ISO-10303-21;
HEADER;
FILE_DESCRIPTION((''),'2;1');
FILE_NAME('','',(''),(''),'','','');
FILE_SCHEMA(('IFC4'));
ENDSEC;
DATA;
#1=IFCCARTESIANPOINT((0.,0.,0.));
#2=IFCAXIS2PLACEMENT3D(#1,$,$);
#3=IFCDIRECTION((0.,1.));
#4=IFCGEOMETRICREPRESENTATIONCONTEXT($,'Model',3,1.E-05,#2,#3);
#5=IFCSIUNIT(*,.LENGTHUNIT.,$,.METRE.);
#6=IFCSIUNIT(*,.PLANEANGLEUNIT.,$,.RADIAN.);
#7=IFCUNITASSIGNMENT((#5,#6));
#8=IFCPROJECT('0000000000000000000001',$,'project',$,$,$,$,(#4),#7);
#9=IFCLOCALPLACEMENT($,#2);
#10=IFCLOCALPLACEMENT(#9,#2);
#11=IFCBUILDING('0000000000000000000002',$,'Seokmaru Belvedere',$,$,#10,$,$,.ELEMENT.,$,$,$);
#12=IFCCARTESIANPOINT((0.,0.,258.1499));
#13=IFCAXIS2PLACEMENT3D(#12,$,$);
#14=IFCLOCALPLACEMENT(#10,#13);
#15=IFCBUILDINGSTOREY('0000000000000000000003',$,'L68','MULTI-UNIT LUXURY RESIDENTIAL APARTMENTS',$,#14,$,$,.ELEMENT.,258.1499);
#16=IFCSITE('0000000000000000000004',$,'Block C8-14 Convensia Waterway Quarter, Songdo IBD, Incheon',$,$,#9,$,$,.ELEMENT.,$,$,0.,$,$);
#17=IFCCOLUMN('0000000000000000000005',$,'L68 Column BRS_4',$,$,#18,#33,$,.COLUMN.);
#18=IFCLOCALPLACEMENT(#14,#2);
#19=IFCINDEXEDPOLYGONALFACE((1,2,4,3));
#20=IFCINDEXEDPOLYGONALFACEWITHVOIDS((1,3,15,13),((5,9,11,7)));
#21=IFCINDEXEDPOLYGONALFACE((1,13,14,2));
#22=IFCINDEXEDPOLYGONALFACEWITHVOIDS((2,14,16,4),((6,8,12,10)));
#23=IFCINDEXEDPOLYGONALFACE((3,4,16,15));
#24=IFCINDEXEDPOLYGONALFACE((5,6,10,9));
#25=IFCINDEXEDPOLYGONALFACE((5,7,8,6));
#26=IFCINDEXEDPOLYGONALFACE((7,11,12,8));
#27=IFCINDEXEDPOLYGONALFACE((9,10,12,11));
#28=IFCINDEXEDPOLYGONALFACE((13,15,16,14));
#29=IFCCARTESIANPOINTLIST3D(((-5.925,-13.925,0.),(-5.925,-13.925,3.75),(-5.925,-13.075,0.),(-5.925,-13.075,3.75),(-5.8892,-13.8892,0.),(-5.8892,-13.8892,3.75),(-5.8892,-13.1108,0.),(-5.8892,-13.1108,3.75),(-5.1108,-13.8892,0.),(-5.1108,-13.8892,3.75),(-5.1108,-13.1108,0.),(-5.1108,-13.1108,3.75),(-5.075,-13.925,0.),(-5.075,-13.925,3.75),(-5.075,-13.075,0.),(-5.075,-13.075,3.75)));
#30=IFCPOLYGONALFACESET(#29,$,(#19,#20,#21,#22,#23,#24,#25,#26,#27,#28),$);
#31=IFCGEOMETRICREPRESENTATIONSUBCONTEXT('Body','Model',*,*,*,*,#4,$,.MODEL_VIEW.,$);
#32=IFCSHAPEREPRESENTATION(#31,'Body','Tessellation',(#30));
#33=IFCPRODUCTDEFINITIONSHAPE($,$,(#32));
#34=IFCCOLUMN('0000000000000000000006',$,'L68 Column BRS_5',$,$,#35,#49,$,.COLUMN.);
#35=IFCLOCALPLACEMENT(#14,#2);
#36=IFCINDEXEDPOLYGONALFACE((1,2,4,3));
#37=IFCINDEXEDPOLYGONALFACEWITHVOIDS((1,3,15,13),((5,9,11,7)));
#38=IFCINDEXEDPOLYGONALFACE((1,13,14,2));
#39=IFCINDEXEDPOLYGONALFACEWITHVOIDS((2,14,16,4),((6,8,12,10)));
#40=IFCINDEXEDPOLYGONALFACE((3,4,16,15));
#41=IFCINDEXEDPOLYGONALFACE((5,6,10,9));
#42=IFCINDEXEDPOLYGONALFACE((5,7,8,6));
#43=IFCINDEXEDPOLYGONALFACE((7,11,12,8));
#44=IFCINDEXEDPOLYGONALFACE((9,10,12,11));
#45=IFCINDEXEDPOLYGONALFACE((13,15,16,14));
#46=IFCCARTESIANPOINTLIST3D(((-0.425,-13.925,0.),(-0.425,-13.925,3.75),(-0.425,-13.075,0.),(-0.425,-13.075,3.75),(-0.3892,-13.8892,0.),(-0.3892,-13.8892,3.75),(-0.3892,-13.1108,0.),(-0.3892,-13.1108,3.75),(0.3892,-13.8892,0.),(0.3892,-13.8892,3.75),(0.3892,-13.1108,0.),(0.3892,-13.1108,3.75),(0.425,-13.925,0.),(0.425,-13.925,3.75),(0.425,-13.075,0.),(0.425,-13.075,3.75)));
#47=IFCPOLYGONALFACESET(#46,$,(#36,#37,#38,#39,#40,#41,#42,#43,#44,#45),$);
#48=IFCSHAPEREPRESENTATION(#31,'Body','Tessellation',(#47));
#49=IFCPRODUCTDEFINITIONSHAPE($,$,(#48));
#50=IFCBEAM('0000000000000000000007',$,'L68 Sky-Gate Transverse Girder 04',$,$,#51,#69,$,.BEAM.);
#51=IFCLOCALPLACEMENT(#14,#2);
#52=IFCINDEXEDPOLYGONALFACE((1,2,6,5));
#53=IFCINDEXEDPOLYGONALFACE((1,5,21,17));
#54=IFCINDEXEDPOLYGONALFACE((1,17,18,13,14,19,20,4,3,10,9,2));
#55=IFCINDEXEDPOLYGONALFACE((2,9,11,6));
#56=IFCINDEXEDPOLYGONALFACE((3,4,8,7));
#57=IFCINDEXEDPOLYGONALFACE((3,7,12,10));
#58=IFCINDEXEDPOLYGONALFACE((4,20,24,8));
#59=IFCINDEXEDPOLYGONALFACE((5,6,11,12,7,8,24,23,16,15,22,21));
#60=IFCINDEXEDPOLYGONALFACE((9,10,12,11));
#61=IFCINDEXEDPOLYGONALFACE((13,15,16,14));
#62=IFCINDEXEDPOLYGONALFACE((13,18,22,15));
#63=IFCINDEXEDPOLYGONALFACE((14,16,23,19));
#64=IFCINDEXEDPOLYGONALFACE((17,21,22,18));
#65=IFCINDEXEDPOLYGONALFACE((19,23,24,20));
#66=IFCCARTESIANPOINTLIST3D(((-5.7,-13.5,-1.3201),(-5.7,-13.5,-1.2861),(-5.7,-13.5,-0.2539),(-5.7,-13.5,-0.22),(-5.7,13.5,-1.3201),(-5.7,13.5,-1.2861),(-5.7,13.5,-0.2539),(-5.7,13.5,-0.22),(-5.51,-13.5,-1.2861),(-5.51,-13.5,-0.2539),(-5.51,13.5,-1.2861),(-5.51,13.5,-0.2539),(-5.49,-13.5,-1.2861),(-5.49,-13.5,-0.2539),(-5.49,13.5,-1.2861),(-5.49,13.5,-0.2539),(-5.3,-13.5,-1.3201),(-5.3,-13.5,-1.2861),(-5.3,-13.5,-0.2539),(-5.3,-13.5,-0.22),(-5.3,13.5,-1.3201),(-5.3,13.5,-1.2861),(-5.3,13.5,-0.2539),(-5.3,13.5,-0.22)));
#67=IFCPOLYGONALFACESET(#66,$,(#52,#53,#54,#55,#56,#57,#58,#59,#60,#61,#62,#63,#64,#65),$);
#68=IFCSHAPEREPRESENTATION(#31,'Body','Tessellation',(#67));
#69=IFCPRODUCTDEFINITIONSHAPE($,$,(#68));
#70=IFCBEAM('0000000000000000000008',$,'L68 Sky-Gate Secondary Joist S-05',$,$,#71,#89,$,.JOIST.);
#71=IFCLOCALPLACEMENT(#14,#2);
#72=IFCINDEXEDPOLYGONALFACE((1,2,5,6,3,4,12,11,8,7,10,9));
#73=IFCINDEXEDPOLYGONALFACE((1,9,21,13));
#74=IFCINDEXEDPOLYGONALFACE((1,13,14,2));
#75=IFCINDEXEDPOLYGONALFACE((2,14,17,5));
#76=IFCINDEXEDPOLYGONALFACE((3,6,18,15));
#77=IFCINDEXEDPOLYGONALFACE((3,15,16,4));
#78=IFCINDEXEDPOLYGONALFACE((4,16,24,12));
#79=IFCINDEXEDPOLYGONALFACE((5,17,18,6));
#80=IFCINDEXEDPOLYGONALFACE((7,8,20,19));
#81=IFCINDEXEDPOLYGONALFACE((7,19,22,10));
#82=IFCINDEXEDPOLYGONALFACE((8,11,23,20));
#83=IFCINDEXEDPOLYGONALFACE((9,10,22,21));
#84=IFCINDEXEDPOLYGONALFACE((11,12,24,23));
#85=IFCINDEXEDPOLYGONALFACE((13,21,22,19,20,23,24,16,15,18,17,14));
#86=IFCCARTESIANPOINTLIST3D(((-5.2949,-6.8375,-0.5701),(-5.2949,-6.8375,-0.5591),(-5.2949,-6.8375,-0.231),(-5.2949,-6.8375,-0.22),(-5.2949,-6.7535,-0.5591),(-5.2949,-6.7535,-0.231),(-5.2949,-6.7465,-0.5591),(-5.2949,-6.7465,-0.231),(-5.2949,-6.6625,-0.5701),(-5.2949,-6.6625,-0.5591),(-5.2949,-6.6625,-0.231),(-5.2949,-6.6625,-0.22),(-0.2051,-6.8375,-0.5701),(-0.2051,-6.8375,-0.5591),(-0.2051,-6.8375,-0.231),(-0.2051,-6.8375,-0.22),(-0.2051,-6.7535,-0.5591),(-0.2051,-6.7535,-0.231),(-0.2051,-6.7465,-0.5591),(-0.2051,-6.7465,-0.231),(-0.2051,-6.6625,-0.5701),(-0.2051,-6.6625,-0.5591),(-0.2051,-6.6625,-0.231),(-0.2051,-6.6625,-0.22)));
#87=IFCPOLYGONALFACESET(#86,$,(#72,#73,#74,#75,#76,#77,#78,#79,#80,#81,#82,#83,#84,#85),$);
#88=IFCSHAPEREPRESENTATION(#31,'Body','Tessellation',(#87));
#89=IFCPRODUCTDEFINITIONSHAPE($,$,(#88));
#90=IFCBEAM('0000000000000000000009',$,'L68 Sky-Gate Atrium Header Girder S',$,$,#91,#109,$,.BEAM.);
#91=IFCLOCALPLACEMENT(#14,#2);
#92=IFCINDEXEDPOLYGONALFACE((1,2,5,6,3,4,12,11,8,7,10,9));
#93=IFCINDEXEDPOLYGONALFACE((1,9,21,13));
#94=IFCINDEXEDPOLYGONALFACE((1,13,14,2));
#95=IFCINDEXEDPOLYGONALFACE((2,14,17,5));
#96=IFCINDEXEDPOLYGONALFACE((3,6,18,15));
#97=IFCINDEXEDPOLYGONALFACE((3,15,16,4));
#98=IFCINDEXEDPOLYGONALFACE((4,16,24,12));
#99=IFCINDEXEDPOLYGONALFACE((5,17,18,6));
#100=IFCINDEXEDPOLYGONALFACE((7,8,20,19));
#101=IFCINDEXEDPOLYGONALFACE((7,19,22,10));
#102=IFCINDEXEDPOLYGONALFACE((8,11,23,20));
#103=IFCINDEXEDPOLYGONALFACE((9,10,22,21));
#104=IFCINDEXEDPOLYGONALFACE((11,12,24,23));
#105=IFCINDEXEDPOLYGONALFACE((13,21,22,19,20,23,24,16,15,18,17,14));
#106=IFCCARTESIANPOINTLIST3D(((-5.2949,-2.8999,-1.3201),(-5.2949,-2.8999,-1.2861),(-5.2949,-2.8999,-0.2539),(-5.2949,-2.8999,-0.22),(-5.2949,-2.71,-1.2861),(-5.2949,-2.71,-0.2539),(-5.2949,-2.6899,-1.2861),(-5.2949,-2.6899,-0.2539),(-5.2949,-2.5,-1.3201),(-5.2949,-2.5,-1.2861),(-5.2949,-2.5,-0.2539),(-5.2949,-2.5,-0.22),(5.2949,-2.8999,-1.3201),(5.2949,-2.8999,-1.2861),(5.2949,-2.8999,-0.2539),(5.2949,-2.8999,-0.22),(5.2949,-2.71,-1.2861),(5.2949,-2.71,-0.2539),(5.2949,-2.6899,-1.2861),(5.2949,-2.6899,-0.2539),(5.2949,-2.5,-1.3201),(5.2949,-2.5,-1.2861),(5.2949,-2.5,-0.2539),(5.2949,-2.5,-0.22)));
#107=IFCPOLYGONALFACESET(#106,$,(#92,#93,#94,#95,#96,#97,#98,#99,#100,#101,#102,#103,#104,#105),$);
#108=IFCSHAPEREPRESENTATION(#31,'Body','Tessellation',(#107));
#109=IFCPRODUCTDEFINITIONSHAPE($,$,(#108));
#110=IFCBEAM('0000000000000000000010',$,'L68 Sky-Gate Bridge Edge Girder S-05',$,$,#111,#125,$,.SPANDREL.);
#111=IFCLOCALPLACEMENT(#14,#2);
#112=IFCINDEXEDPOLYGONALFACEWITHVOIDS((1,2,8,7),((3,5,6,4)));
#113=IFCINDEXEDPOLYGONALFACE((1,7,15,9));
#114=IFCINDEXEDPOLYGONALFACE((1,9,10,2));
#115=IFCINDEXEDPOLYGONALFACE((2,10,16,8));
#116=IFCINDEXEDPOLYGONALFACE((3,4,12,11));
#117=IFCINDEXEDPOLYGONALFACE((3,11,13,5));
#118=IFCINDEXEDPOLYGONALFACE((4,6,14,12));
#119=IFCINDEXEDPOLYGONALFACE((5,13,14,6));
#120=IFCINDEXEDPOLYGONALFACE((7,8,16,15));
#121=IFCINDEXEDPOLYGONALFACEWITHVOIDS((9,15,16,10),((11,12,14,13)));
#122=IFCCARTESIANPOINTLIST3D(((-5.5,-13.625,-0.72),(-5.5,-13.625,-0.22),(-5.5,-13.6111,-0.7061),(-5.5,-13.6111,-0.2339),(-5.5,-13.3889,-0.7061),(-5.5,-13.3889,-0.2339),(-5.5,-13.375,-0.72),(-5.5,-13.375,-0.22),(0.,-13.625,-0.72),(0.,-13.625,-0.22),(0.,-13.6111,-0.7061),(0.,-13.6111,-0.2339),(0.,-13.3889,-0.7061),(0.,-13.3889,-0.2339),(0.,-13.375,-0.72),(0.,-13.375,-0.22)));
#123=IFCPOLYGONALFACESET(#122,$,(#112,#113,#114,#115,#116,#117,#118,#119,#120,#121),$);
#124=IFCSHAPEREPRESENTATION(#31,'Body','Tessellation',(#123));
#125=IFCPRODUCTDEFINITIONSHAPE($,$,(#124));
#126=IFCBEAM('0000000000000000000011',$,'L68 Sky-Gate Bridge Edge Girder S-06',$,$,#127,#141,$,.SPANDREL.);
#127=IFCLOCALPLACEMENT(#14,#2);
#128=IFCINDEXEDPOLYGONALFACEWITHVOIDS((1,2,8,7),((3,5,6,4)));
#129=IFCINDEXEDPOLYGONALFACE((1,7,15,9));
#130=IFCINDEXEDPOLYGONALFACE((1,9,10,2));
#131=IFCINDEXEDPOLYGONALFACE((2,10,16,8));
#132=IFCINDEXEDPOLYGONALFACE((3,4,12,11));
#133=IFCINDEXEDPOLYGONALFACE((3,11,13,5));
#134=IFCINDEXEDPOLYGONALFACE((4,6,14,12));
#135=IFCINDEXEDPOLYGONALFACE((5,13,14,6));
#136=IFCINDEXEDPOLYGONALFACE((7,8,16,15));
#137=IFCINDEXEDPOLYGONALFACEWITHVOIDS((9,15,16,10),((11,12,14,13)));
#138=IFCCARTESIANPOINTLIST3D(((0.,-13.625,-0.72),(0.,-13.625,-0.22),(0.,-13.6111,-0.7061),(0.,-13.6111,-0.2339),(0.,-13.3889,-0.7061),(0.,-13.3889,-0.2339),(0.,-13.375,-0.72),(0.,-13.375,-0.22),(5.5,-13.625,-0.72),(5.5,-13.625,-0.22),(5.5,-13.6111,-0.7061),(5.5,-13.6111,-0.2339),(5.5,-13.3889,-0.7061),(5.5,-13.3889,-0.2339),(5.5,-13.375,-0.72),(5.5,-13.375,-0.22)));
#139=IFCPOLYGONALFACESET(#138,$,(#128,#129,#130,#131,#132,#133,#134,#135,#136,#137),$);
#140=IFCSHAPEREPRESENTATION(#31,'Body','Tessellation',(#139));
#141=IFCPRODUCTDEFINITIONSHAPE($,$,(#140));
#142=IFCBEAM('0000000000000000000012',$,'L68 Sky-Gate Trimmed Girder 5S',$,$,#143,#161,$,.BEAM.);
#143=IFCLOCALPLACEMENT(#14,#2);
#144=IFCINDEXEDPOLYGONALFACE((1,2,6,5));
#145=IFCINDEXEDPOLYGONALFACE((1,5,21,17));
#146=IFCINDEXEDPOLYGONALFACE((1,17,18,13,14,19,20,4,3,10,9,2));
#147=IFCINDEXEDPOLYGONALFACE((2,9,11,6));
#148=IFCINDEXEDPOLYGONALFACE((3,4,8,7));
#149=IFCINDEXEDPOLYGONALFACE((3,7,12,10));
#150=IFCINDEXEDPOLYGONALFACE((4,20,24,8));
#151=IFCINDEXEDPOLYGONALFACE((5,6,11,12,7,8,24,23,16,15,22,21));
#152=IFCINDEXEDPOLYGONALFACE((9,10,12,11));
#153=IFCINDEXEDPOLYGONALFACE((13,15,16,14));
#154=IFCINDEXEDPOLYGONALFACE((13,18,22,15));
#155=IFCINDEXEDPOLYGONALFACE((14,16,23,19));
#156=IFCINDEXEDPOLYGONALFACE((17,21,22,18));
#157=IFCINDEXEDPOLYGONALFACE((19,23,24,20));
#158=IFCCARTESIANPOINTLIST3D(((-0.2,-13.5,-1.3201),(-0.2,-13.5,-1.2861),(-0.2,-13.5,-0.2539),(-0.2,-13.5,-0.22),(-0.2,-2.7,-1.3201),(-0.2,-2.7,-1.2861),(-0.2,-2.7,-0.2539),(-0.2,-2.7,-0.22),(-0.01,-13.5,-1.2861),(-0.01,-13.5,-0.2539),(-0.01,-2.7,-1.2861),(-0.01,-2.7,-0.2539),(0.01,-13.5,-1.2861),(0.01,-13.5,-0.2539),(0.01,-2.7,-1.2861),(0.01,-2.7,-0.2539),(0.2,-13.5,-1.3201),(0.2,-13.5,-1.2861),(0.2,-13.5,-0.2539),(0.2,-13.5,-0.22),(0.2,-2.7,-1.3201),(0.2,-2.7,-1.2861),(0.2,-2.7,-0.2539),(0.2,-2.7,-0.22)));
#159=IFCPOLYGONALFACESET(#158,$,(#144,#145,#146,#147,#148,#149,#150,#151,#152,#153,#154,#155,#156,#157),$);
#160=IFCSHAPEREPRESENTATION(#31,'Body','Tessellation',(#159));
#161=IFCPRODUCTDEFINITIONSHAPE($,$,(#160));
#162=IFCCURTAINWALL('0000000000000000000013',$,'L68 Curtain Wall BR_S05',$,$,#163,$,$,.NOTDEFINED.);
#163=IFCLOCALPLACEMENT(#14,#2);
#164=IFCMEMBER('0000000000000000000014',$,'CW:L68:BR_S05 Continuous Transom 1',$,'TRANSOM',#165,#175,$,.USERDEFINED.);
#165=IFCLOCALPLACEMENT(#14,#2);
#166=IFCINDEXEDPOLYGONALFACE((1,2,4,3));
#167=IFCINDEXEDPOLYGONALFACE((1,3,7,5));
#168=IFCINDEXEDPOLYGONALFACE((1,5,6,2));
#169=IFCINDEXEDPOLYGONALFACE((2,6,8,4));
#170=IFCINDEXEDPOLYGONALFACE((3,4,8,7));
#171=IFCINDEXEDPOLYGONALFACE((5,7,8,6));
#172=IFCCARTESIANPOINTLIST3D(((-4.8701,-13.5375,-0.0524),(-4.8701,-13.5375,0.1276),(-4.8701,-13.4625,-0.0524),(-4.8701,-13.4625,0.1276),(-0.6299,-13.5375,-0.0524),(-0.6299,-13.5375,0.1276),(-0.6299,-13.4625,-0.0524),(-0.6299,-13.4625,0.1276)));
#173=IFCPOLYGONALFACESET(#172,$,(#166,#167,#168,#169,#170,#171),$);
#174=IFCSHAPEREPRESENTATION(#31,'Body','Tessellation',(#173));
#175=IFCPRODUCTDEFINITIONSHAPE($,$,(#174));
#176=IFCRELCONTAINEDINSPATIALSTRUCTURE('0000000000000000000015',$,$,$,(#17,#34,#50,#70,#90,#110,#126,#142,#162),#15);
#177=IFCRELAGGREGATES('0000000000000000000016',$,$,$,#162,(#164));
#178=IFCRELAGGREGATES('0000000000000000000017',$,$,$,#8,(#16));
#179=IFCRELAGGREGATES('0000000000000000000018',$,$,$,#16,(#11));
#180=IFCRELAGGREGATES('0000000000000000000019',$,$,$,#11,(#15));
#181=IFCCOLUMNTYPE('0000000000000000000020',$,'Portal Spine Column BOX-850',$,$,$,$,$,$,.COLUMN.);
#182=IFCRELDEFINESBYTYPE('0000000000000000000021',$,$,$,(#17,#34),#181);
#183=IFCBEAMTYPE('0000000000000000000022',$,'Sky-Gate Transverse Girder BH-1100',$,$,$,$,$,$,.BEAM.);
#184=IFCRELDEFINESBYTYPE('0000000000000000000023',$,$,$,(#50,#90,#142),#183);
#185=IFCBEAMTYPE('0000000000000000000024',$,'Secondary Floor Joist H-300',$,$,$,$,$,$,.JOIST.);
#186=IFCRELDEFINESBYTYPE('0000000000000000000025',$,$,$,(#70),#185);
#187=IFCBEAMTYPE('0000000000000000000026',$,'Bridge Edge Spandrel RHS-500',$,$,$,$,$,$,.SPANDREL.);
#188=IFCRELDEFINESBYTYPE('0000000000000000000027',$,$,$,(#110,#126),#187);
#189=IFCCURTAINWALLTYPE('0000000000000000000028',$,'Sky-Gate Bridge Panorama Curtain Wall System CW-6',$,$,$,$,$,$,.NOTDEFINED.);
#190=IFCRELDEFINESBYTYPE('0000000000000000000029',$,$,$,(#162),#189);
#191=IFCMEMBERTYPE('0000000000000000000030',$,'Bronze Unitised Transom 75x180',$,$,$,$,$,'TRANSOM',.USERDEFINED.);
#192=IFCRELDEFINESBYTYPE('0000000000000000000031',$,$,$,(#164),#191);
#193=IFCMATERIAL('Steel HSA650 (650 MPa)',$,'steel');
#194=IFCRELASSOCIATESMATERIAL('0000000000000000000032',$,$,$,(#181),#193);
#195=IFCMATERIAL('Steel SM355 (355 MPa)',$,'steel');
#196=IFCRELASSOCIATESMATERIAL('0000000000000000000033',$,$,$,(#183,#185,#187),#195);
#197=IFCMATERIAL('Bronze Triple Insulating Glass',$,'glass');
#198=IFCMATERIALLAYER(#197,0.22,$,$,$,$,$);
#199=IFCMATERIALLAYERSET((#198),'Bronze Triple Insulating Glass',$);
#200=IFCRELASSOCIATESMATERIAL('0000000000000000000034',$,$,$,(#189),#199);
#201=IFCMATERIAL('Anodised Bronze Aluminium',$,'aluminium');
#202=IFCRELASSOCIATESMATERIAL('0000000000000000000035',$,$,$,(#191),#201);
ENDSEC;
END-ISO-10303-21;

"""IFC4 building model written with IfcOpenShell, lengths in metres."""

from ifc_helpers import new_model, si_unit, direction, frame, origin, origin_2d, place, context, subcontext, project, spatial, rectangle, hollow_rectangle, i_section, extrude, source, transform, mapped, material, layer, layer_set, material_profile, profile_set, type_object, type_shapes, element, aggregate, save


model = new_model("IFC4")

# Units and contexts
model_context = context("Model", 3, precision=1e-05, world=origin(), true_north=direction((0.0, 1.0)))
body_context = subcontext(model_context, "Body", "Model", "MODEL_VIEW")
ifc_project = project(units=[si_unit("LENGTHUNIT", "METRE"), si_unit("PLANEANGLEUNIT", "RADIAN")], contexts=[model_context])

# Site, building, storey
site_placement = place(None, origin())
site = spatial("IfcSite", under=ifc_project, at=site_placement, Name="Block C8-14 Convensia Waterway Quarter, Songdo IBD, Incheon", CompositionType="ELEMENT", RefElevation=0.0)
building_placement = place(site_placement, origin())
building = spatial("IfcBuilding", under=site, at=building_placement, Name="Seokmaru Belvedere", CompositionType="ELEMENT")
storey_placement = place(building_placement, frame((0.0, 0.0, 258.1499)))
storey = spatial("IfcBuildingStorey", under=building, at=storey_placement, Name="L68", Description="MULTI-UNIT LUXURY RESIDENTIAL APARTMENTS", CompositionType="ELEMENT", Elevation=258.1499)

# Columns
ifc_material_1 = material(Name="Steel HSA650 (650 MPa)", Category="steel")
ifc_material_profile_1 = material_profile(ifc_material_1, hollow_rectangle(XDim=0.8501, YDim=0.8501, WallThickness=0.0359, at=origin_2d()), Name="BOX-850x850x36")
ifc_profile_set_1 = profile_set([ifc_material_profile_1], Name="Steel HSA650 (650 MPa)")
column_type = type_object("IfcColumnType", Name="Portal Spine Column BOX-850", PredefinedType="COLUMN", material=ifc_profile_set_1)
shared_shape_1 = source(origin(), body_context, "Body", "SweptSolid", [
    extrude(hollow_rectangle(XDim=0.8501, YDim=0.8501, WallThickness=0.0359, at=origin_2d()), origin(), (0.0, 0.0, 1.0), 3.75),
])
type_shapes(column_type, [shared_shape_1])
for number, where, z_axis, x_axis, name in (
    (1, (-5.5, -13.5, 0.0), (0.0, 0.0, 1.0), (1.0, 0.0, 0.0), "L68 Column BRS_4"),
    (2, (0.0, -13.5, 0.0), (0.0, 0.0, 1.0), (1.0, 0.0, 0.0), "L68 Column BRS_5"),
):
    element("IfcColumn", number, at=place(storey_placement, frame(where, z_axis=z_axis, x_axis=x_axis)), inside=storey, type_object=column_type, Name=name, PredefinedType="COLUMN", context=body_context, shape_type="MappedRepresentation", body=[
        mapped(shared_shape_1, transform((0.0, 0.0, 0.0), scale=1.0)),
    ])

# Beams
ifc_material_2 = material(Name="Steel SM355 (355 MPa)", Category="steel")
ifc_material_profile_2 = material_profile(ifc_material_2, i_section(OverallWidth=0.3999, OverallDepth=1.1001, WebThickness=0.02, FlangeThickness=0.0339, at=origin_2d()), Name="BH-1100x400x20x34")
ifc_profile_set_2 = profile_set([ifc_material_profile_2], Name="Steel SM355 (355 MPa)")
beam_type_1 = type_object("IfcBeamType", Name="Sky-Gate Transverse Girder BH-1100", PredefinedType="BEAM", material=ifc_profile_set_2)
shared_shape_2 = source(origin(), body_context, "Body", "SweptSolid", [
    extrude(i_section(OverallWidth=0.3999, OverallDepth=1.1001, WebThickness=0.02, FlangeThickness=0.0339, at=origin_2d()), origin(), (0.0, 0.0, 1.0), 27.0),
])
beam_1_placement = place(storey_placement, frame((-5.5, -13.5, -0.77), z_axis=(0.0, 1.0, 0.0), x_axis=(-1.0, 0.0, 0.0)))
element("IfcBeam", 3, at=beam_1_placement, inside=storey, type_object=beam_type_1, Name="L68 Sky-Gate Transverse Girder 04", PredefinedType="BEAM", context=body_context, shape_type="MappedRepresentation", body=[
    mapped(shared_shape_2, transform((0.0, 0.0, 0.0), scale=1.0)),
])
ifc_material_profile_3 = material_profile(ifc_material_2, i_section(OverallWidth=0.175, OverallDepth=0.3501, WebThickness=0.0071, FlangeThickness=0.011, at=origin_2d()), Name="H-350x175x7x11")
ifc_profile_set_3 = profile_set([ifc_material_profile_3], Name="Steel SM355 (355 MPa)")
beam_type_2 = type_object("IfcBeamType", Name="Secondary Floor Joist H-300", PredefinedType="JOIST", material=ifc_profile_set_3)
shared_shape_3 = source(origin(), body_context, "Body", "SweptSolid", [
    extrude(i_section(OverallWidth=0.175, OverallDepth=0.3501, WebThickness=0.0071, FlangeThickness=0.011, at=origin_2d()), origin(), (0.0, 0.0, 1.0), 5.0898),
])
type_shapes(beam_type_2, [shared_shape_3])
beam_2_placement = place(storey_placement, frame((-5.2949, -6.75, -0.395), z_axis=(1.0, 0.0, 0.0), x_axis=(0.0, 1.0, 0.0)))
element("IfcBeam", 4, at=beam_2_placement, inside=storey, type_object=beam_type_2, Name="L68 Sky-Gate Secondary Joist S-05", PredefinedType="JOIST", context=body_context, shape_type="MappedRepresentation", body=[
    mapped(shared_shape_3, transform((0.0, 0.0, 0.0), scale=1.0)),
])
shared_shape_4 = source(origin(), body_context, "Body", "SweptSolid", [
    extrude(i_section(OverallWidth=0.3999, OverallDepth=1.1001, WebThickness=0.02, FlangeThickness=0.0339, at=origin_2d()), origin(), (0.0, 0.0, 1.0), 10.5898),
])
beam_3_placement = place(storey_placement, frame((-5.2949, -2.7, -0.77), z_axis=(1.0, 0.0, 0.0), x_axis=(0.0, 1.0, 0.0)))
element("IfcBeam", 5, at=beam_3_placement, inside=storey, type_object=beam_type_1, Name="L68 Sky-Gate Atrium Header Girder S", PredefinedType="BEAM", context=body_context, shape_type="MappedRepresentation", body=[
    mapped(shared_shape_4, transform((0.0, 0.0, 0.0), scale=1.0)),
])
ifc_material_profile_4 = material_profile(ifc_material_2, hollow_rectangle(XDim=0.25, YDim=0.5, WallThickness=0.0139, at=origin_2d()), Name="RHS-500x250x14")
ifc_profile_set_4 = profile_set([ifc_material_profile_4], Name="Steel SM355 (355 MPa)")
beam_type_3 = type_object("IfcBeamType", Name="Bridge Edge Spandrel RHS-500", PredefinedType="SPANDREL", material=ifc_profile_set_4)
shared_shape_5 = source(origin(), body_context, "Body", "SweptSolid", [
    extrude(hollow_rectangle(XDim=0.25, YDim=0.5, WallThickness=0.0139, at=origin_2d()), origin(), (0.0, 0.0, 1.0), 5.5),
])
type_shapes(beam_type_3, [shared_shape_5])
for number, where, z_axis, x_axis, name in (
    (6, (-5.5, -13.5, -0.47), (1.0, 0.0, 0.0), (0.0, 1.0, 0.0), "L68 Sky-Gate Bridge Edge Girder S-05"),
    (7, (0.0, -13.5, -0.47), (1.0, 0.0, 0.0), (0.0, 1.0, 0.0), "L68 Sky-Gate Bridge Edge Girder S-06"),
):
    element("IfcBeam", number, at=place(storey_placement, frame(where, z_axis=z_axis, x_axis=x_axis)), inside=storey, type_object=beam_type_3, Name=name, PredefinedType="SPANDREL", context=body_context, shape_type="MappedRepresentation", body=[
        mapped(shared_shape_5, transform((0.0, 0.0, 0.0), scale=1.0)),
    ])
shared_shape_6 = source(origin(), body_context, "Body", "SweptSolid", [
    extrude(i_section(OverallWidth=0.3999, OverallDepth=1.1001, WebThickness=0.02, FlangeThickness=0.0339, at=origin_2d()), origin(), (0.0, 0.0, 1.0), 10.8),
])
type_shapes(beam_type_1, [shared_shape_2, shared_shape_4, shared_shape_6])
beam_4_placement = place(storey_placement, frame((0.0, -13.5, -0.77), z_axis=(0.0, 1.0, 0.0), x_axis=(-1.0, 0.0, 0.0)))
element("IfcBeam", 8, at=beam_4_placement, inside=storey, type_object=beam_type_1, Name="L68 Sky-Gate Trimmed Girder 5S", PredefinedType="BEAM", context=body_context, shape_type="MappedRepresentation", body=[
    mapped(shared_shape_6, transform((0.0, 0.0, 0.0), scale=1.0)),
])

# Curtain wall, member
ifc_material_3 = material(Name="Bronze Triple Insulating Glass", Category="glass")
ifc_layer_1 = layer(ifc_material_3, 0.22)
ifc_layer_set_1 = layer_set([ifc_layer_1], Name="Bronze Triple Insulating Glass")
curtain_wall_type = type_object("IfcCurtainWallType", Name="Sky-Gate Bridge Panorama Curtain Wall System CW-6", PredefinedType="NOTDEFINED", material=ifc_layer_set_1)
curtain_wall_1_placement = place(storey_placement, origin())
curtain_wall_1 = element("IfcCurtainWall", 9, at=curtain_wall_1_placement, inside=storey, type_object=curtain_wall_type, Name="L68 Curtain Wall BR_S05", PredefinedType="NOTDEFINED")
ifc_material_4 = material(Name="Anodised Bronze Aluminium", Category="aluminium")
ifc_material_profile_5 = material_profile(ifc_material_4, rectangle(XDim=0.075, YDim=0.1799, at=origin_2d()), Name="CW-T-75x180")
ifc_profile_set_5 = profile_set([ifc_material_profile_5], Name="Anodised Bronze Aluminium")
member_type_1 = type_object("IfcMemberType", Name="Bronze Unitised Transom 75x180", ElementType="TRANSOM", PredefinedType="USERDEFINED", material=ifc_profile_set_5)
shared_shape_7 = source(origin(), body_context, "Body", "SweptSolid", [
    extrude(rectangle(XDim=0.075, YDim=0.1799, at=origin_2d()), origin(), (0.0, 0.0, 1.0), 4.2402),
])
type_shapes(member_type_1, [shared_shape_7])
member_1_placement = place(storey_placement, frame((-4.8701, -13.5, 0.0376), z_axis=(1.0, 0.0, 0.0), x_axis=(0.0, 1.0, 0.0)))
member_1 = element("IfcMember", 10, at=member_1_placement, type_object=member_type_1, Name="CW:L68:BR_S05 Continuous Transom 1", ObjectType="TRANSOM", PredefinedType="USERDEFINED", context=body_context, shape_type="MappedRepresentation", body=[
    mapped(shared_shape_7, transform((0.0, 0.0, 0.0), scale=1.0)),
])

aggregate(curtain_wall_1, [member_1])

save(model, "model.ifc")
